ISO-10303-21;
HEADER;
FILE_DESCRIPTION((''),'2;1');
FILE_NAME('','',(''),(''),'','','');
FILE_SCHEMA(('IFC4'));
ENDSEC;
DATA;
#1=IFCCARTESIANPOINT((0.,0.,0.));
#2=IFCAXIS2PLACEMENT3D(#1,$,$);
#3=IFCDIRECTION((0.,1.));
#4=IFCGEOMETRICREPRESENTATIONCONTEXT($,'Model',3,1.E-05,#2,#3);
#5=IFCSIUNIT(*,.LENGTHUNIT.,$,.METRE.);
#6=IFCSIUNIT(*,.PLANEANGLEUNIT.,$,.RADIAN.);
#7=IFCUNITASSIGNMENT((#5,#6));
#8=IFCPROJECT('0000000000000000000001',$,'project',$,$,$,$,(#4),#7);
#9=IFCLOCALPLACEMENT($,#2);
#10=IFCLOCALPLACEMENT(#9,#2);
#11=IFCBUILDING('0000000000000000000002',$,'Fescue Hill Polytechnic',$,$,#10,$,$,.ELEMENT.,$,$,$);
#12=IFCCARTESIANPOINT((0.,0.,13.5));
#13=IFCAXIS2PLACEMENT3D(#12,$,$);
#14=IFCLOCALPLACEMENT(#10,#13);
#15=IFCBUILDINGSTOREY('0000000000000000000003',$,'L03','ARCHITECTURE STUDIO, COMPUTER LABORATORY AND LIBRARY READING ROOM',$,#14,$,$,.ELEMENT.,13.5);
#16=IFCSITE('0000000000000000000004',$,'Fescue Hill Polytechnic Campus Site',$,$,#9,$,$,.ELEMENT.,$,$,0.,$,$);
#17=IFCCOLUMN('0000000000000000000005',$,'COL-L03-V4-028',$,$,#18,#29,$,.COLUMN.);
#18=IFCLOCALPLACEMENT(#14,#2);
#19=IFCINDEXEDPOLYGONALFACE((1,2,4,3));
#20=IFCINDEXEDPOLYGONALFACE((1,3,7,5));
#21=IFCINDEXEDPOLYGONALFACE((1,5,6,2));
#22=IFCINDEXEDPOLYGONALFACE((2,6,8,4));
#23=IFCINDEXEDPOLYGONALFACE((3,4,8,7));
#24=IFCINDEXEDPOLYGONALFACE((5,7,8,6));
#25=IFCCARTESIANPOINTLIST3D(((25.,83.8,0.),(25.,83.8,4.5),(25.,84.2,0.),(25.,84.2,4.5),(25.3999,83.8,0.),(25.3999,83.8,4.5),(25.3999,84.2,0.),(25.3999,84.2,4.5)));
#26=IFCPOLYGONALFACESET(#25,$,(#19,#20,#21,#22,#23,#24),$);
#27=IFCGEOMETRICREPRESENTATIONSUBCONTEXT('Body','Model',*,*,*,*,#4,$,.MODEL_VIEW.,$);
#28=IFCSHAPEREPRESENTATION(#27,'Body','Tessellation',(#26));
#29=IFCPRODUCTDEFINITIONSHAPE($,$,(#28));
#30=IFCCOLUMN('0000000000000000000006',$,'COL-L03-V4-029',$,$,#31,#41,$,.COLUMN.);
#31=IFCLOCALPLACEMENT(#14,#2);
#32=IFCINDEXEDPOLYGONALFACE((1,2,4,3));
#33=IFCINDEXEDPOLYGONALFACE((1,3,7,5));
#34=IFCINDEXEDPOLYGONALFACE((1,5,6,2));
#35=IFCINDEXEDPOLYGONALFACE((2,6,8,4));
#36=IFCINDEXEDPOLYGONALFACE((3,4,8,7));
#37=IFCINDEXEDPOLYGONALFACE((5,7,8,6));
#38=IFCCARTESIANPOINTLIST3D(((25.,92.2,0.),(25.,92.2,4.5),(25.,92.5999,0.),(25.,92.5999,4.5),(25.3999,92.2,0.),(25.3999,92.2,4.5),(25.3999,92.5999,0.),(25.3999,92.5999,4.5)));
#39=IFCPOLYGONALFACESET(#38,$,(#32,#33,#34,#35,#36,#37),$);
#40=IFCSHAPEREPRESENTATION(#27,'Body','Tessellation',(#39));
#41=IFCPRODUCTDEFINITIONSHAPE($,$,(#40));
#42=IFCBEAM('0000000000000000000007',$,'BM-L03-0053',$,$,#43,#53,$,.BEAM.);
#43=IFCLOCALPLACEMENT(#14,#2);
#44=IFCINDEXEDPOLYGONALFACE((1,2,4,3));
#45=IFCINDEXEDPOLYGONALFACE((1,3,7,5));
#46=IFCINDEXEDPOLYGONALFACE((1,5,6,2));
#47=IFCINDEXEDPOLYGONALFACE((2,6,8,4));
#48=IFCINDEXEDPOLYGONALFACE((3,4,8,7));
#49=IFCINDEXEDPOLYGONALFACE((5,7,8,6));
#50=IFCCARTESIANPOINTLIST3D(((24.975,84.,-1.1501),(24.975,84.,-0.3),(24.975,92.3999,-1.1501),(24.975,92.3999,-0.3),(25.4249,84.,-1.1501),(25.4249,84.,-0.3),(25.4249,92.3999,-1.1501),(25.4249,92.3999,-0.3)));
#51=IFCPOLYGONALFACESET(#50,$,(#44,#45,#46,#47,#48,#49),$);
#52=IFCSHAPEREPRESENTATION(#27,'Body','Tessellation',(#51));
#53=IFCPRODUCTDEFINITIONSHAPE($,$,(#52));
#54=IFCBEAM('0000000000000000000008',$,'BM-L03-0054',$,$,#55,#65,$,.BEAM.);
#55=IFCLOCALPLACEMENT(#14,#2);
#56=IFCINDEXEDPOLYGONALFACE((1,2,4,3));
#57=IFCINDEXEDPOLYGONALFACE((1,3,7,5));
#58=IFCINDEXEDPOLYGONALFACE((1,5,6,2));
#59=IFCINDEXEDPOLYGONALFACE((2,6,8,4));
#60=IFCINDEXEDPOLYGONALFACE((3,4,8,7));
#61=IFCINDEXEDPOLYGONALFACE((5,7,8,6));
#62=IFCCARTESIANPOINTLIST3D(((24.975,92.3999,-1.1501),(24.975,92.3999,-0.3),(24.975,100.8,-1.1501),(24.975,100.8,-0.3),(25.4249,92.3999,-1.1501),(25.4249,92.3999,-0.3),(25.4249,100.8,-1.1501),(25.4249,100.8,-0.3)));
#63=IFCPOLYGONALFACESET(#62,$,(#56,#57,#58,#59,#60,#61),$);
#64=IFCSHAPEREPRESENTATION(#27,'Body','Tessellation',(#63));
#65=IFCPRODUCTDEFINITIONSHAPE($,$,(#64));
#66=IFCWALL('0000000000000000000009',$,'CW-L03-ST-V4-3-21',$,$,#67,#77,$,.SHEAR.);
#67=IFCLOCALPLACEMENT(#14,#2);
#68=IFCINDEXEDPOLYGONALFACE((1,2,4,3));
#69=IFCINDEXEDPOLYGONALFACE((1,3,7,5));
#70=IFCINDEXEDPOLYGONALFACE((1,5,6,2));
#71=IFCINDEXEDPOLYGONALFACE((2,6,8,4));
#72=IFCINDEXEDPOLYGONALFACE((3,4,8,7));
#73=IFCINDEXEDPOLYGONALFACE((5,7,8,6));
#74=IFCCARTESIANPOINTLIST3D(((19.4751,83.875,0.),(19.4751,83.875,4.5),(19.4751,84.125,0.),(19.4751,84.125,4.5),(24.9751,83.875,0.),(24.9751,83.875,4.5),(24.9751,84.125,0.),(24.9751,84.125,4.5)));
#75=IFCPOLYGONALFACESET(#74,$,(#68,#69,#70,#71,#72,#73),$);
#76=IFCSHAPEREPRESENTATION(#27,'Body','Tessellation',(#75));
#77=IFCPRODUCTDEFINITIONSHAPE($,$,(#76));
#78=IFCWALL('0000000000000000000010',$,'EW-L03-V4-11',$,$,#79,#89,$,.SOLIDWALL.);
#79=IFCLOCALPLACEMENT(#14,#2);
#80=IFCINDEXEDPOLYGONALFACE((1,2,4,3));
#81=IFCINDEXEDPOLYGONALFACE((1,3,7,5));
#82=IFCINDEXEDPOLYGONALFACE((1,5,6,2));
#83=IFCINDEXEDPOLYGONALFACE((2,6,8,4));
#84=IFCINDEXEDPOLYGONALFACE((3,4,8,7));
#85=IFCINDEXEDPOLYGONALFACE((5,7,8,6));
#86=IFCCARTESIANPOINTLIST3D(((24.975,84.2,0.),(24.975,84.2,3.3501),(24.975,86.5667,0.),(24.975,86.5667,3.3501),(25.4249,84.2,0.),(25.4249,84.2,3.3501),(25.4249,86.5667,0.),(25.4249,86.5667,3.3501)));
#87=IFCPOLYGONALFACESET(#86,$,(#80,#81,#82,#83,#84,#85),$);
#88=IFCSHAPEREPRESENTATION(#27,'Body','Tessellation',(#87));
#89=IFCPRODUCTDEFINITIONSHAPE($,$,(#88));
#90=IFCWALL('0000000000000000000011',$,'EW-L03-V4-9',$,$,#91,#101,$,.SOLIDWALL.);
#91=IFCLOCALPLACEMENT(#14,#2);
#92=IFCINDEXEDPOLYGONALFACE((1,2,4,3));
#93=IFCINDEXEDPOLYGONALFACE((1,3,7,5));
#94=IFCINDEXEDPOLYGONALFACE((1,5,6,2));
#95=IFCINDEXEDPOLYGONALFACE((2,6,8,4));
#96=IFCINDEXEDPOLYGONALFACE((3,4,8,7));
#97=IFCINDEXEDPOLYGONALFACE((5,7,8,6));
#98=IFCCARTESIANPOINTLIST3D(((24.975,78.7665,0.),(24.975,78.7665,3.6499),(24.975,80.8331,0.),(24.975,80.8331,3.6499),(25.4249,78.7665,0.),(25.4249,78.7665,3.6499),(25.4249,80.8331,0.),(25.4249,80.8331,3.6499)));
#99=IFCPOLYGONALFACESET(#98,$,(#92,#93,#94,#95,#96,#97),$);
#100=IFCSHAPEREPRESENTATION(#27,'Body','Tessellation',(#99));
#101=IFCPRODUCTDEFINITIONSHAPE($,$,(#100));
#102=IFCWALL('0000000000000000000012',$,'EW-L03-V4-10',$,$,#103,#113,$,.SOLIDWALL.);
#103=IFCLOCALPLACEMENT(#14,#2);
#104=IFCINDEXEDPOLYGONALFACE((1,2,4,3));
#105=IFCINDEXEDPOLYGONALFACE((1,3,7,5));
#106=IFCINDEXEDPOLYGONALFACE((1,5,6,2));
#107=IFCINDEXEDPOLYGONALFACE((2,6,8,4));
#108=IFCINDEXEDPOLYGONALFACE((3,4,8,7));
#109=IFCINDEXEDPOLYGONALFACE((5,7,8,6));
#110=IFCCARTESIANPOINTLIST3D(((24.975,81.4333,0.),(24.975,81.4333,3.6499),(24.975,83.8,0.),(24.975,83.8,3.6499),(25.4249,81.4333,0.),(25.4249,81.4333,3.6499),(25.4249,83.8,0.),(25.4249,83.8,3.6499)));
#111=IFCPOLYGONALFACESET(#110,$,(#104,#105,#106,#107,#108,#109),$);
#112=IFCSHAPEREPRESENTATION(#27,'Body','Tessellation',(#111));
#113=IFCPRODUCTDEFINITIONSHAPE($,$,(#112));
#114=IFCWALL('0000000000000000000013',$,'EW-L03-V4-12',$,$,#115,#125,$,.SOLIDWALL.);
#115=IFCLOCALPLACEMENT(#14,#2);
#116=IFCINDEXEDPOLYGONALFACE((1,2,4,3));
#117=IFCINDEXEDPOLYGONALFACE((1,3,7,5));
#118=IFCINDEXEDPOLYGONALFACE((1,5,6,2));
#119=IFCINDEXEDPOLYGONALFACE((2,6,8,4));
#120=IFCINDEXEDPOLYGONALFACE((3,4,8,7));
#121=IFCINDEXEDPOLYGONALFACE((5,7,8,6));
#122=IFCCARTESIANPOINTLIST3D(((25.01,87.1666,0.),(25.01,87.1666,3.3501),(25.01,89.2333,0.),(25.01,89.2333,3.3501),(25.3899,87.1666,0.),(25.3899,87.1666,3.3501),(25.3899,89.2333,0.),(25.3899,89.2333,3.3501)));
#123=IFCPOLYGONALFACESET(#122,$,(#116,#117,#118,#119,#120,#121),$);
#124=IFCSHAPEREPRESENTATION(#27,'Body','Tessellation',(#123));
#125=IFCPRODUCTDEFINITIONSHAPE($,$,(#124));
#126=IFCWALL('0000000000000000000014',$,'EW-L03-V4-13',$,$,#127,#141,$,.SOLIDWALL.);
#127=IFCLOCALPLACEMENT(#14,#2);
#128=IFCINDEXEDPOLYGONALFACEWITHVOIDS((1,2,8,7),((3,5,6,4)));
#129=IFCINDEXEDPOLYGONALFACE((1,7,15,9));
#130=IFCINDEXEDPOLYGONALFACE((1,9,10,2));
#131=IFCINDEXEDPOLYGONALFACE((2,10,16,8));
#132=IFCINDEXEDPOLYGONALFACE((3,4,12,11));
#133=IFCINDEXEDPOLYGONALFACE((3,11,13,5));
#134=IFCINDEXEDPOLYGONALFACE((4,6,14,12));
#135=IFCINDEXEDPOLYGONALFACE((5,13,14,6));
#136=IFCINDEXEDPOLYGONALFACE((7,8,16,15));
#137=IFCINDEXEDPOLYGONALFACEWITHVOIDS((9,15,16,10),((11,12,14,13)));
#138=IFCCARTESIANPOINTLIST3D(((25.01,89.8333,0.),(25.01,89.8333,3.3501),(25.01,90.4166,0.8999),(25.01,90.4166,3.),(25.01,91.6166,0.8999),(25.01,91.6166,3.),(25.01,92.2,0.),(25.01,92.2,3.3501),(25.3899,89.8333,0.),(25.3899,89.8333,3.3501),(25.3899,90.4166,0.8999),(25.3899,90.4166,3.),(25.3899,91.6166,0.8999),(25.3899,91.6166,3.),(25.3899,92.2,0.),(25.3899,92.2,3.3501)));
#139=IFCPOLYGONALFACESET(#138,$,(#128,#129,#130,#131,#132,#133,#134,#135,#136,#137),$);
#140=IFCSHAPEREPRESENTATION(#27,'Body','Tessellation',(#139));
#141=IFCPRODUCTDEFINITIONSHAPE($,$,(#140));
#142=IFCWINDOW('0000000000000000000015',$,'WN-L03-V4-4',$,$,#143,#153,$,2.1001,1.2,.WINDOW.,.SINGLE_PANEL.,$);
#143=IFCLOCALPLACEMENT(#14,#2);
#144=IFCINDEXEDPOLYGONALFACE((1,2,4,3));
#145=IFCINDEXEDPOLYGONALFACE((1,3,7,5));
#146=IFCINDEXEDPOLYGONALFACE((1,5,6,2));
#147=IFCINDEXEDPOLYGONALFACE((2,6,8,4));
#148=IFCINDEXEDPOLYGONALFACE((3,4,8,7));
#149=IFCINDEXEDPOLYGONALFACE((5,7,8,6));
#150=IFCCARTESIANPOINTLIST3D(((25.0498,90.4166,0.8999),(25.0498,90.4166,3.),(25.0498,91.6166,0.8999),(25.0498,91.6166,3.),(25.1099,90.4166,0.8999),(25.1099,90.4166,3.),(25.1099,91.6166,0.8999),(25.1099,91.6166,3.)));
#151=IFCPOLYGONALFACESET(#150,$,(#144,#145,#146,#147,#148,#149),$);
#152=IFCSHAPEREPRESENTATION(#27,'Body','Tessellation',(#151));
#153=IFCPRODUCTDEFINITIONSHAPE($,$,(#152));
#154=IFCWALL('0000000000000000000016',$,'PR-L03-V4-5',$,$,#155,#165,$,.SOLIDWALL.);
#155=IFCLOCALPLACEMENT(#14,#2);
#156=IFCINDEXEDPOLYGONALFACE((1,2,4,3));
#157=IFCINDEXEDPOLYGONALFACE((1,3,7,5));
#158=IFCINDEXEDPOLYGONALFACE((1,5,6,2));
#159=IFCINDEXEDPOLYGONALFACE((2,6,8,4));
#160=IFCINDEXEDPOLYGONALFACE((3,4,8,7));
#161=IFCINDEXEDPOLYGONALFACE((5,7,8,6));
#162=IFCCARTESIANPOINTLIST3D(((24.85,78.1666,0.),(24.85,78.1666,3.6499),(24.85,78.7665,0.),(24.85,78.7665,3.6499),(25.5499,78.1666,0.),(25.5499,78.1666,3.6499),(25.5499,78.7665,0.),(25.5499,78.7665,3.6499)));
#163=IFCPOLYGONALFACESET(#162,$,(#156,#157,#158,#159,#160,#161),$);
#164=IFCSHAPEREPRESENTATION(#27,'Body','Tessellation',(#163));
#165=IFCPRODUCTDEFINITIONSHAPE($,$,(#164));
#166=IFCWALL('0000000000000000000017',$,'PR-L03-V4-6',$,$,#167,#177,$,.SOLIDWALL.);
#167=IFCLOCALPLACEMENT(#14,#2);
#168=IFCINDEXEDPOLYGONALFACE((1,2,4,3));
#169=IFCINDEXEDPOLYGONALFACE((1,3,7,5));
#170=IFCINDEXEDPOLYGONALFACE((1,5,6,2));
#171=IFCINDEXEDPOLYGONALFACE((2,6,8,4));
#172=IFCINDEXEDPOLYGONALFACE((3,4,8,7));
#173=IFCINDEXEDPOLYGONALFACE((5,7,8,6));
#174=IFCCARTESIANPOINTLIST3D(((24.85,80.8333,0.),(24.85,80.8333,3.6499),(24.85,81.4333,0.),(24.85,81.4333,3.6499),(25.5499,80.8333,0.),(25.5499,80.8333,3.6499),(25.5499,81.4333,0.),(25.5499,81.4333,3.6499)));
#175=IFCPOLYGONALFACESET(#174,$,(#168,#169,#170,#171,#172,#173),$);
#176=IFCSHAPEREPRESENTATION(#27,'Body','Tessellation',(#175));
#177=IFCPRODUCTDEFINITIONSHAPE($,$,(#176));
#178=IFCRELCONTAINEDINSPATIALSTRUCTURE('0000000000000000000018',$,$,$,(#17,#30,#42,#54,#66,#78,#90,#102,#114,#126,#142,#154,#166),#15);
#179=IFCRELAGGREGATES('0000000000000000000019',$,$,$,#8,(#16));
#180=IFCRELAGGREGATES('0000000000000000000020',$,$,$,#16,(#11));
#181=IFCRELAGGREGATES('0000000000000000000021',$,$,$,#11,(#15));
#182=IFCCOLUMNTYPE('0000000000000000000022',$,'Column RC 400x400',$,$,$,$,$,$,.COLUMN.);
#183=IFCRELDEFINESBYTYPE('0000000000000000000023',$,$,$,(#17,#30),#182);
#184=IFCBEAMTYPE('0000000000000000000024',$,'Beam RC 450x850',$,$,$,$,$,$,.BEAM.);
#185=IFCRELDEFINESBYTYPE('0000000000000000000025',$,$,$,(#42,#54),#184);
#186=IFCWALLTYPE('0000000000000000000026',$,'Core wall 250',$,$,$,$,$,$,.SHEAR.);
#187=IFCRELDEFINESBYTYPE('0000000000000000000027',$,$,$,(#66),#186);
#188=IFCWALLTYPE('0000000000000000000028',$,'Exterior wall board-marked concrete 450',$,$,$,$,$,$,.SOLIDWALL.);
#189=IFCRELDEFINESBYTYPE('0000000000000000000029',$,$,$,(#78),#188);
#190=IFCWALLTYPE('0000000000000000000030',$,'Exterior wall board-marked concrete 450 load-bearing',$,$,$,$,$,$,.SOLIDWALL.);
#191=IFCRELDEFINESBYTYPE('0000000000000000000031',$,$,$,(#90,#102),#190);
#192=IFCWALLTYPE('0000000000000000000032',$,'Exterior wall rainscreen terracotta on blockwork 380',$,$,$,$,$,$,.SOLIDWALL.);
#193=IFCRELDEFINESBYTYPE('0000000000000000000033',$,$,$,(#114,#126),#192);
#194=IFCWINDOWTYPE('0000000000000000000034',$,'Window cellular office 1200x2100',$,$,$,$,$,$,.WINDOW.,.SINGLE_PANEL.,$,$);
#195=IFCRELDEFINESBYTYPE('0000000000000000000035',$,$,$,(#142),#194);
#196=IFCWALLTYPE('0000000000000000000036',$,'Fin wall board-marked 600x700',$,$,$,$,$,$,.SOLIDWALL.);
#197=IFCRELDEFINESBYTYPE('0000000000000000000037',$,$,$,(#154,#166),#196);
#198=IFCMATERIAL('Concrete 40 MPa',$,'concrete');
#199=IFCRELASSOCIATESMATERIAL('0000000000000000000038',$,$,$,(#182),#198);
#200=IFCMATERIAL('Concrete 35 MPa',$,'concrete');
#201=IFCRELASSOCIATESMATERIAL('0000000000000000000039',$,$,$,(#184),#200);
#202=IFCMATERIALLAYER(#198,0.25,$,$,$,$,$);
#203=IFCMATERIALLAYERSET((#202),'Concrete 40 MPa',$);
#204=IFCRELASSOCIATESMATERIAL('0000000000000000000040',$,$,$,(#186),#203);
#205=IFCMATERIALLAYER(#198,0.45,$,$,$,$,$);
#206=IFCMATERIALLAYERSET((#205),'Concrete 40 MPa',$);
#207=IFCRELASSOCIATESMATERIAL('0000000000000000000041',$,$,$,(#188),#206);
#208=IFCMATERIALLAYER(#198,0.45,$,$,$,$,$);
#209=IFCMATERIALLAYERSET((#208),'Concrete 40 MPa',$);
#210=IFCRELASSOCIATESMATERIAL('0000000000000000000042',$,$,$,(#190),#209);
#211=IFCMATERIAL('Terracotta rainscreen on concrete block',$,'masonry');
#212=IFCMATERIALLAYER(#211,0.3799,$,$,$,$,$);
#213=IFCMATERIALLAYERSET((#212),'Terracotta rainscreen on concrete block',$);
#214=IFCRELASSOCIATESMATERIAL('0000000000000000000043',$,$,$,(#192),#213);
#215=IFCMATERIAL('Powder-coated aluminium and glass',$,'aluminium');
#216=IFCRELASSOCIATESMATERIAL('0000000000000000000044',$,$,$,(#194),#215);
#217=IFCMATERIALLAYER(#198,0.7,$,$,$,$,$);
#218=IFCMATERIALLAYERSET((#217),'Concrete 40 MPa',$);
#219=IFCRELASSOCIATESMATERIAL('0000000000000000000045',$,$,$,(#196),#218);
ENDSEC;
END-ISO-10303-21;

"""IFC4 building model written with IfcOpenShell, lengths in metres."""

from ifc_helpers import new_model, si_unit, direction, frame, frame_2d, origin, origin_2d, place, context, subcontext, project, spatial, rectangle, extrude, material, layer, layer_set, material_profile, profile_set, type_object, element, fill, save


model = new_model("IFC4")

# Units and contexts
model_context = context("Model", 3, precision=1e-05, world=origin(), true_north=direction((0.0, 1.0)))
body_context = subcontext(model_context, "Body", "Model", "MODEL_VIEW")
ifc_project = project(units=[si_unit("LENGTHUNIT", "METRE"), si_unit("PLANEANGLEUNIT", "RADIAN")], contexts=[model_context])

# Site, building, storey
site_placement = place(None, origin())
site = spatial("IfcSite", under=ifc_project, at=site_placement, Name="Fescue Hill Polytechnic Campus Site", CompositionType="ELEMENT", RefElevation=0.0)
building_placement = place(site_placement, origin())
building = spatial("IfcBuilding", under=site, at=building_placement, Name="Fescue Hill Polytechnic", CompositionType="ELEMENT")
storey_placement = place(building_placement, frame((0.0, 0.0, 13.5)))
storey = spatial("IfcBuildingStorey", under=building, at=storey_placement, Name="L03", Description="ARCHITECTURE STUDIO, COMPUTER LABORATORY AND LIBRARY READING ROOM", CompositionType="ELEMENT", Elevation=13.5)

# Columns
ifc_material_1 = material(Name="Concrete 40 MPa", Category="concrete")
ifc_material_profile_1 = material_profile(ifc_material_1, rectangle(XDim=0.3999, YDim=0.3999, at=origin_2d()), Name="RC 400x400")
ifc_profile_set_1 = profile_set([ifc_material_profile_1], Name="Concrete 40 MPa")
column_type = type_object("IfcColumnType", Name="Column RC 400x400", PredefinedType="COLUMN", material=ifc_profile_set_1)
for number, where, z_axis, x_axis, name in (
    (1, (25.2, 84.0, 0.0), (0.0, 0.0, 1.0), (1.0, 0.0, 0.0), "COL-L03-V4-028"),
    (2, (25.2, 92.3999, 0.0), (0.0, 0.0, 1.0), (1.0, 0.0, 0.0), "COL-L03-V4-029"),
):
    element("IfcColumn", number, at=place(storey_placement, frame(where, z_axis=z_axis, x_axis=x_axis)), inside=storey, type_object=column_type, Name=name, PredefinedType="COLUMN", context=body_context, shape_type="SweptSolid", body=[
        extrude(rectangle(XDim=0.3999, YDim=0.3999, at=origin_2d()), origin(), (0.0, 0.0, 1.0), 4.5),
    ])

# Beams
ifc_material_2 = material(Name="Concrete 35 MPa", Category="concrete")
ifc_material_profile_2 = material_profile(ifc_material_2, rectangle(XDim=0.45, YDim=0.8501, at=origin_2d()), Name="RC 450x850")
ifc_profile_set_2 = profile_set([ifc_material_profile_2], Name="Concrete 35 MPa")
beam_type = type_object("IfcBeamType", Name="Beam RC 450x850", PredefinedType="BEAM", material=ifc_profile_set_2)
beam_1_placement = place(storey_placement, frame((25.2, 84.0, -0.7251), z_axis=(0.0, 1.0, 0.0), x_axis=(-1.0, 0.0, 0.0)))
element("IfcBeam", 3, at=beam_1_placement, inside=storey, type_object=beam_type, Name="BM-L03-0053", PredefinedType="BEAM", context=body_context, shape_type="SweptSolid", body=[
    extrude(rectangle(XDim=0.45, YDim=0.8501, at=origin_2d()), origin(), (0.0, 0.0, 1.0), 8.3999),
])
beam_2_placement = place(storey_placement, frame((25.2, 92.3999, -0.7251), z_axis=(0.0, 1.0, 0.0), x_axis=(-1.0, 0.0, 0.0)))
element("IfcBeam", 4, at=beam_2_placement, inside=storey, type_object=beam_type, Name="BM-L03-0054", PredefinedType="BEAM", context=body_context, shape_type="SweptSolid", body=[
    extrude(rectangle(XDim=0.45, YDim=0.8501, at=origin_2d()), origin(), (0.0, 0.0, 1.0), 8.4001),
])

# Walls
ifc_layer_1 = layer(ifc_material_1, 0.25)
ifc_layer_set_1 = layer_set([ifc_layer_1], Name="Concrete 40 MPa")
wall_type_1 = type_object("IfcWallType", Name="Core wall 250", PredefinedType="SHEAR", material=ifc_layer_set_1)
wall_1_placement = place(storey_placement, frame((19.4751, 84.0, 0.0), z_axis=(0.0, 0.0, 1.0), x_axis=(1.0, 0.0, 0.0)))
element("IfcWall", 5, at=wall_1_placement, inside=storey, type_object=wall_type_1, Name="CW-L03-ST-V4-3-21", PredefinedType="SHEAR", context=body_context, shape_type="SweptSolid", body=[
    extrude(rectangle(XDim=5.5, YDim=0.25, at=frame_2d((2.75, 0.0))), origin(), (0.0, 0.0, 1.0), 4.5),
])
ifc_layer_2 = layer(ifc_material_1, 0.45)
ifc_layer_set_2 = layer_set([ifc_layer_2], Name="Concrete 40 MPa")
wall_type_2 = type_object("IfcWallType", Name="Exterior wall board-marked concrete 450", PredefinedType="SOLIDWALL", material=ifc_layer_set_2)
wall_2_placement = place(storey_placement, frame((25.2, 84.2, 0.0), z_axis=(0.0, 0.0, 1.0), x_axis=(0.0, 1.0, 0.0)))
element("IfcWall", 6, at=wall_2_placement, inside=storey, type_object=wall_type_2, Name="EW-L03-V4-11", PredefinedType="SOLIDWALL", context=body_context, shape_type="SweptSolid", body=[
    extrude(rectangle(XDim=2.3667, YDim=0.45, at=frame_2d((1.1833, 0.0))), origin(), (0.0, 0.0, 1.0), 3.3501),
])
ifc_layer_3 = layer(ifc_material_1, 0.45)
ifc_layer_set_3 = layer_set([ifc_layer_3], Name="Concrete 40 MPa")
wall_type_3 = type_object("IfcWallType", Name="Exterior wall board-marked concrete 450 load-bearing", PredefinedType="SOLIDWALL", material=ifc_layer_set_3)
wall_3_placement = place(storey_placement, frame((25.2, 78.7666, 0.0), z_axis=(0.0, 0.0, 1.0), x_axis=(0.0, 1.0, 0.0)))
element("IfcWall", 7, at=wall_3_placement, inside=storey, type_object=wall_type_3, Name="EW-L03-V4-9", PredefinedType="SOLIDWALL", context=body_context, shape_type="SweptSolid", body=[
    extrude(rectangle(XDim=2.0667, YDim=0.45, at=frame_2d((1.0332, 0.0))), origin(), (0.0, 0.0, 1.0), 3.6499),
])
wall_4_placement = place(storey_placement, frame((25.2, 81.4333, 0.0), z_axis=(0.0, 0.0, 1.0), x_axis=(0.0, 1.0, 0.0)))
element("IfcWall", 8, at=wall_4_placement, inside=storey, type_object=wall_type_3, Name="EW-L03-V4-10", PredefinedType="SOLIDWALL", context=body_context, shape_type="SweptSolid", body=[
    extrude(rectangle(XDim=2.3667, YDim=0.45, at=frame_2d((1.1833, 0.0))), origin(), (0.0, 0.0, 1.0), 3.6499),
])
ifc_material_3 = material(Name="Terracotta rainscreen on concrete block", Category="masonry")
ifc_layer_4 = layer(ifc_material_3, 0.3799)
ifc_layer_set_4 = layer_set([ifc_layer_4], Name="Terracotta rainscreen on concrete block")
wall_type_4 = type_object("IfcWallType", Name="Exterior wall rainscreen terracotta on blockwork 380", PredefinedType="SOLIDWALL", material=ifc_layer_set_4)
wall_5_placement = place(storey_placement, frame((25.2, 87.1667, 0.0), z_axis=(0.0, 0.0, 1.0), x_axis=(0.0, 1.0, 0.0)))
element("IfcWall", 9, at=wall_5_placement, inside=storey, type_object=wall_type_4, Name="EW-L03-V4-12", PredefinedType="SOLIDWALL", context=body_context, shape_type="SweptSolid", body=[
    extrude(rectangle(XDim=2.0667, YDim=0.3799, at=frame_2d((1.0332, 0.0))), origin(), (0.0, 0.0, 1.0), 3.3501),
])

# Wall, opening, window
wall_6_placement = place(storey_placement, frame((25.2, 89.8333, 0.0), z_axis=(0.0, 0.0, 1.0), x_axis=(0.0, 1.0, 0.0)))
wall_6 = element("IfcWall", 10, at=wall_6_placement, inside=storey, type_object=wall_type_4, Name="EW-L03-V4-13", PredefinedType="SOLIDWALL", context=body_context, shape_type="SweptSolid", body=[
    extrude(rectangle(XDim=2.3667, YDim=0.3799, at=frame_2d((1.1833, 0.0))), origin(), (0.0, 0.0, 1.0), 3.3501),
])
opening_placement = place(wall_6_placement, frame((0.5833, 0.0, 0.8999)))
opening = element("IfcOpeningElement", 11, at=opening_placement, cuts=wall_6, PredefinedType="OPENING", context=body_context, shape_type="SweptSolid", body=[
    extrude(rectangle(XDim=1.2, YDim=2.1001, at=frame_2d((0.6001, 1.05))), frame((0.0, 0.2, 0.0), z_axis=(0.0, -1.0, 0.0), x_axis=(1.0, 0.0, 0.0)), (0.0, 0.0, 1.0), 0.3999),
])
ifc_material_4 = material(Name="Powder-coated aluminium and glass", Category="aluminium")
window_type = type_object("IfcWindowType", Name="Window cellular office 1200x2100", PartitioningType="SINGLE_PANEL", PredefinedType="WINDOW", material=ifc_material_4)
window_placement = place(opening_placement, origin())
window = element("IfcWindow", 12, at=window_placement, inside=storey, type_object=window_type, Name="WN-L03-V4-4", OverallHeight=2.1001, OverallWidth=1.2, PartitioningType="SINGLE_PANEL", PredefinedType="WINDOW", context=body_context, shape_type="SweptSolid", body=[
    extrude(rectangle(XDim=1.2, YDim=2.1001, at=frame_2d((0.6001, 1.05))), frame((0.0, 0.1501, 0.0), z_axis=(0.0, -1.0, 0.0), x_axis=(1.0, 0.0, 0.0)), (0.0, 0.0, 1.0), 0.0601),
])
fill(opening, window)

# Walls
ifc_layer_5 = layer(ifc_material_1, 0.7)
ifc_layer_set_5 = layer_set([ifc_layer_5], Name="Concrete 40 MPa")
wall_type_5 = type_object("IfcWallType", Name="Fin wall board-marked 600x700", PredefinedType="SOLIDWALL", material=ifc_layer_set_5)
wall_7_placement = place(storey_placement, frame((25.2, 78.1667, 0.0), z_axis=(0.0, 0.0, 1.0), x_axis=(0.0, 1.0, 0.0)))
element("IfcWall", 13, at=wall_7_placement, inside=storey, type_object=wall_type_5, Name="PR-L03-V4-5", PredefinedType="SOLIDWALL", context=body_context, shape_type="SweptSolid", body=[
    extrude(rectangle(XDim=0.5999, YDim=0.7, at=frame_2d((0.2998, 0.0))), origin(), (0.0, 0.0, 1.0), 3.6499),
])
wall_8_placement = place(storey_placement, frame((25.2, 80.8333, 0.0), z_axis=(0.0, 0.0, 1.0), x_axis=(0.0, 1.0, 0.0)))
element("IfcWall", 14, at=wall_8_placement, inside=storey, type_object=wall_type_5, Name="PR-L03-V4-6", PredefinedType="SOLIDWALL", context=body_context, shape_type="SweptSolid", body=[
    extrude(rectangle(XDim=0.6001, YDim=0.7, at=frame_2d((0.3, 0.0))), origin(), (0.0, 0.0, 1.0), 3.6499),
])

save(model, "model.ifc")
